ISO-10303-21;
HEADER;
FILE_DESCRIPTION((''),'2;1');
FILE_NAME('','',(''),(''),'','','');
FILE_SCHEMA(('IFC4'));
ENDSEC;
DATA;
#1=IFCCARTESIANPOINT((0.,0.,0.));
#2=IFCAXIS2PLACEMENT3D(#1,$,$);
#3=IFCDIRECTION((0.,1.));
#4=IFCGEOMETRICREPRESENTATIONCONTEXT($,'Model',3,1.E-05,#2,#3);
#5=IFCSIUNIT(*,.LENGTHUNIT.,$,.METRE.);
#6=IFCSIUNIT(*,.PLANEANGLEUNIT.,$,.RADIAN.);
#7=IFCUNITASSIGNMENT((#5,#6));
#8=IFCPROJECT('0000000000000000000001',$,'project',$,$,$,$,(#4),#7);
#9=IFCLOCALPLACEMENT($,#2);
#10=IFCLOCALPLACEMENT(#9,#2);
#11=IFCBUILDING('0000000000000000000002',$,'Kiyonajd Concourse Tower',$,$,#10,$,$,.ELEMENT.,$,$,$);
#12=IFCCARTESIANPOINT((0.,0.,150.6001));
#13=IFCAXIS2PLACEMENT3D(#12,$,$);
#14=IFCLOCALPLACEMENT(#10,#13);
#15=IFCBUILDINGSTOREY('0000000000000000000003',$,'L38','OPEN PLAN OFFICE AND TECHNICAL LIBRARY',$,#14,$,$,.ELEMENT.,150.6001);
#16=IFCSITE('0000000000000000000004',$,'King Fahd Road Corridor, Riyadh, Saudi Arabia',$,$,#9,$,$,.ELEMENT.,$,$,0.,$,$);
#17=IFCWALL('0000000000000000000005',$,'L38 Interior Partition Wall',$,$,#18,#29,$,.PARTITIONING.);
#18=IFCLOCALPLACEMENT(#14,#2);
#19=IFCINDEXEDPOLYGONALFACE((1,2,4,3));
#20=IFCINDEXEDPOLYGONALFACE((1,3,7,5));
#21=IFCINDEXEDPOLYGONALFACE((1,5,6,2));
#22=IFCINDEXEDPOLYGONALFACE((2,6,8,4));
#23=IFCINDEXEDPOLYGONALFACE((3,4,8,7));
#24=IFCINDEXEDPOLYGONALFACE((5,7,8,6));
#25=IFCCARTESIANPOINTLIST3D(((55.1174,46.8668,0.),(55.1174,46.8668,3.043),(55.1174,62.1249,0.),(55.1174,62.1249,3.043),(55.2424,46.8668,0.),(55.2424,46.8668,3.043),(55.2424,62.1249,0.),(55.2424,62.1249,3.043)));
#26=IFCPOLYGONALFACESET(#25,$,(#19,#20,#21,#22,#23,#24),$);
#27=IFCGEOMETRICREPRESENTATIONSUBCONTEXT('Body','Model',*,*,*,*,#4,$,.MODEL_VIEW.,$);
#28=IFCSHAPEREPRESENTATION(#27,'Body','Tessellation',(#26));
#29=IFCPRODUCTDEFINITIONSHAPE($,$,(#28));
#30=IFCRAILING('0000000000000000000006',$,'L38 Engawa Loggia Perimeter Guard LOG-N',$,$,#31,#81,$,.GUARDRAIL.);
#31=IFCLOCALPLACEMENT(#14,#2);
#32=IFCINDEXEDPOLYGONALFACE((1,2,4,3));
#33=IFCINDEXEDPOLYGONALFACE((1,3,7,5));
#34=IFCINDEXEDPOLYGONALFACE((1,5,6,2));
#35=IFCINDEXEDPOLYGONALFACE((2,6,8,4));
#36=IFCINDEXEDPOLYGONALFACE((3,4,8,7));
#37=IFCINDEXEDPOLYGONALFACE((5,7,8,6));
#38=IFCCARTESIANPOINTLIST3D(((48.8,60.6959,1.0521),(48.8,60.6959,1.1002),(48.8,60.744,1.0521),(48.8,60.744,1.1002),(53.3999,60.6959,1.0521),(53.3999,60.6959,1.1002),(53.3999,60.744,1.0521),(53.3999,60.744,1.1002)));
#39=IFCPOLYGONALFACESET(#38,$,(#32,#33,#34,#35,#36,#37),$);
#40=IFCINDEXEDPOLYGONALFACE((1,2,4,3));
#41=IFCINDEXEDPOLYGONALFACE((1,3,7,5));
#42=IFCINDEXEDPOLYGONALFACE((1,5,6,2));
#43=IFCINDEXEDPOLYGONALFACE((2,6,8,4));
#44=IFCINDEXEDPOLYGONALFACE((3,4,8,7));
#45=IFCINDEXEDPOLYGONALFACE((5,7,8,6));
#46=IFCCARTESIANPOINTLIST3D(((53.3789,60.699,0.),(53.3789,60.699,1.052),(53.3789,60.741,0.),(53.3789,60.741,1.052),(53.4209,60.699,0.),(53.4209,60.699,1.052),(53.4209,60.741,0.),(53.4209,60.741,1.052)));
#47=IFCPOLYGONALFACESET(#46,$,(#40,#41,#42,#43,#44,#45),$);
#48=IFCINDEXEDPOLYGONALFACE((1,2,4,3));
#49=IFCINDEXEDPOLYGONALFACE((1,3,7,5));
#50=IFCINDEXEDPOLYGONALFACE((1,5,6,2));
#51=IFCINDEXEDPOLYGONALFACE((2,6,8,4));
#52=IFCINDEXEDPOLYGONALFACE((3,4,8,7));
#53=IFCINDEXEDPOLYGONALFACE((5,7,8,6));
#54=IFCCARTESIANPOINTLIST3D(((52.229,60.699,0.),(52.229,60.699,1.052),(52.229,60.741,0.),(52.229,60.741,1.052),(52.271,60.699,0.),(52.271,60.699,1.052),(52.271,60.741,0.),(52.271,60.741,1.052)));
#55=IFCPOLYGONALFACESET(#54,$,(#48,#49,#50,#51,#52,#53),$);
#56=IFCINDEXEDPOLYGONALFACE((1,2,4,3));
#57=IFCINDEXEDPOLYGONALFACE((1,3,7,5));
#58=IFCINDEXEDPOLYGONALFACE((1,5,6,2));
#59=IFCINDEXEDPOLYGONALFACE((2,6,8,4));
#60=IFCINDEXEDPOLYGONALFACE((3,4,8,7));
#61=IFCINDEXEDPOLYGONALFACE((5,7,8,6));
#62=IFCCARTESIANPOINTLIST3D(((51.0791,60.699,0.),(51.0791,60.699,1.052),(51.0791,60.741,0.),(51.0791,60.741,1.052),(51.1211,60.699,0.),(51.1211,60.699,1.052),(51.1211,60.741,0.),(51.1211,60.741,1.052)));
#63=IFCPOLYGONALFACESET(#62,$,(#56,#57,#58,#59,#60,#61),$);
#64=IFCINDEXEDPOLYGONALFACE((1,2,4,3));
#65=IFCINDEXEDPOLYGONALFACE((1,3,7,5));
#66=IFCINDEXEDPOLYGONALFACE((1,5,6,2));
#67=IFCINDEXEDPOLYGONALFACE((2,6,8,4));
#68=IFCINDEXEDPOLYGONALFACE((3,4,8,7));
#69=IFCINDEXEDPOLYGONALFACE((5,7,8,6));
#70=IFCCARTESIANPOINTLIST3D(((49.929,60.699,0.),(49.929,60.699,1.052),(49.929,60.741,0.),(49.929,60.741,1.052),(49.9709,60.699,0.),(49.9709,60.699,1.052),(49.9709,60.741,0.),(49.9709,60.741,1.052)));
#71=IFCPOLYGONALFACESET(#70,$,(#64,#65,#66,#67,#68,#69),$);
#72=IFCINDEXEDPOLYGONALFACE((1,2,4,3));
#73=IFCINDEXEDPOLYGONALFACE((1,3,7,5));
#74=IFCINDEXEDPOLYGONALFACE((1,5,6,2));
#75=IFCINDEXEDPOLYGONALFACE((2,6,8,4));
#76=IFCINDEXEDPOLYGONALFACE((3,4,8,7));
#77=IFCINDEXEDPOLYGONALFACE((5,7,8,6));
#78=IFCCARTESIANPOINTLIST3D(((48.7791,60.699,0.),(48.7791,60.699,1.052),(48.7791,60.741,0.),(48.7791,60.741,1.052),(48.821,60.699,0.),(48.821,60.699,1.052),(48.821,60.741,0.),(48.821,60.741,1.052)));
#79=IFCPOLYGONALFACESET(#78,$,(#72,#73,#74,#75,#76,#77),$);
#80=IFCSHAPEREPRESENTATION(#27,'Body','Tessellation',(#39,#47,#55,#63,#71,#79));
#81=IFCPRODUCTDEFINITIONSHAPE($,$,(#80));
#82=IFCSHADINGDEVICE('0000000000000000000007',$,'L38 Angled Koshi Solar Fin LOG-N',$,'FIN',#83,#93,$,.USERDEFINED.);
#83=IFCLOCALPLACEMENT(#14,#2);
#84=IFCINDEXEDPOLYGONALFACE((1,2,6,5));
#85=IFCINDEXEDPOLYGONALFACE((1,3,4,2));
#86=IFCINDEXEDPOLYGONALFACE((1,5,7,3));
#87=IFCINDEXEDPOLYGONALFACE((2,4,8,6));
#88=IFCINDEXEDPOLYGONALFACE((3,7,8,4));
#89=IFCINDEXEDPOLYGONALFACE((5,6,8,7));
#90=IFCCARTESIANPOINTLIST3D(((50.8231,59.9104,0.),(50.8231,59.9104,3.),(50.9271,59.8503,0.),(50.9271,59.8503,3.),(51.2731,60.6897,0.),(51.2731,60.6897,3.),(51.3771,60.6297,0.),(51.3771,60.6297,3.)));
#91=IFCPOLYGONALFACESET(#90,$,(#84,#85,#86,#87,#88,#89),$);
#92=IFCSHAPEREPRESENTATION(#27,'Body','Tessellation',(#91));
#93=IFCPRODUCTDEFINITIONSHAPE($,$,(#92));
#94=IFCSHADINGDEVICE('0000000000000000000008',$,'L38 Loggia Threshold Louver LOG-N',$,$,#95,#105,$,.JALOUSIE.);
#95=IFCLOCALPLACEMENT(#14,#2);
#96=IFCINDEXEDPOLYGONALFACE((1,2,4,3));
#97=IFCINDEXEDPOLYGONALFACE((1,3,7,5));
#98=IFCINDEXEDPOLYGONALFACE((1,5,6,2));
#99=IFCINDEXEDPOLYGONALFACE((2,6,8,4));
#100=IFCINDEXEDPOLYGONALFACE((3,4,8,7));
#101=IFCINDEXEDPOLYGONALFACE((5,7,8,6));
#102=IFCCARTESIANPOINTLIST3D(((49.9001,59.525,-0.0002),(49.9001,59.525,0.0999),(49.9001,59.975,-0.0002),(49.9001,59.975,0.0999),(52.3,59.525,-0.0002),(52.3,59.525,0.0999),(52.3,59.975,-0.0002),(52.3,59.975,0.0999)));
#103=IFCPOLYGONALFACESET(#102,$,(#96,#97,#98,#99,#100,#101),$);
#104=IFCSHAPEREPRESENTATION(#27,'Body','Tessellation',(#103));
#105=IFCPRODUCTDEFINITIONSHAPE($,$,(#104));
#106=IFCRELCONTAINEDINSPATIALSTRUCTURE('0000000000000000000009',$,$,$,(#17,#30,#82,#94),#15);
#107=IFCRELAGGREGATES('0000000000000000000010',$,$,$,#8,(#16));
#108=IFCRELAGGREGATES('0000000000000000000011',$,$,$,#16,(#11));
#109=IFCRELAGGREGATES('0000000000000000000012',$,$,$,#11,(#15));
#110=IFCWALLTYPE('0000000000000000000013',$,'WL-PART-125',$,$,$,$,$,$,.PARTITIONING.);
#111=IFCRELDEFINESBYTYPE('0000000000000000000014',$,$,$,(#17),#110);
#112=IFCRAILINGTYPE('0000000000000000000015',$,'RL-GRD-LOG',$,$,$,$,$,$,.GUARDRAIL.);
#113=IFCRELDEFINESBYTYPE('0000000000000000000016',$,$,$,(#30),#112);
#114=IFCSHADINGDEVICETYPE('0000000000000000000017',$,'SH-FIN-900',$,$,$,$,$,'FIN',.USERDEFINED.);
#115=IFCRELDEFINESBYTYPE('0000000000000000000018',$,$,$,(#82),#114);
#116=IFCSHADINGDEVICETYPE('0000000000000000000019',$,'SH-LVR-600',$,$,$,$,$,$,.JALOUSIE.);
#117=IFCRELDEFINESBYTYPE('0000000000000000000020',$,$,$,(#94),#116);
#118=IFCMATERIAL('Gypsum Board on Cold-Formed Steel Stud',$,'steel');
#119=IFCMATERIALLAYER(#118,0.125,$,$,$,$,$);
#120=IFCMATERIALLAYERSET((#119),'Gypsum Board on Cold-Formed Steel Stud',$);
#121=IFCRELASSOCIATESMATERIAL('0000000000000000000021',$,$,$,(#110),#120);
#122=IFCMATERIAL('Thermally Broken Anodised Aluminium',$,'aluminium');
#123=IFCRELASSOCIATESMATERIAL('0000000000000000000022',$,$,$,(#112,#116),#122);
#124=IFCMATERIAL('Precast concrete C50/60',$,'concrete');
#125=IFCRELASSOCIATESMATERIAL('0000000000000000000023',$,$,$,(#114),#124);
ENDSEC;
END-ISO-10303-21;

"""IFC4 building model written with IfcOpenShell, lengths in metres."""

from ifc_helpers import new_model, si_unit, direction, frame, frame_2d, origin, origin_2d, place, context, subcontext, project, spatial, rectangle, extrude, material, layer, layer_set, type_object, element, save


model = new_model("IFC4")

# Units and contexts
model_context = context("Model", 3, precision=1e-05, world=origin(), true_north=direction((0.0, 1.0)))
body_context = subcontext(model_context, "Body", "Model", "MODEL_VIEW")
ifc_project = project(units=[si_unit("LENGTHUNIT", "METRE"), si_unit("PLANEANGLEUNIT", "RADIAN")], contexts=[model_context])

# Site, building, storey
site_placement = place(None, origin())
site = spatial("IfcSite", under=ifc_project, at=site_placement, Name="King Fahd Road Corridor, Riyadh, Saudi Arabia", CompositionType="ELEMENT", RefElevation=0.0)
building_placement = place(site_placement, origin())
building = spatial("IfcBuilding", under=site, at=building_placement, Name="Kiyonajd Concourse Tower", CompositionType="ELEMENT")
storey_placement = place(building_placement, frame((0.0, 0.0, 150.6001)))
storey = spatial("IfcBuildingStorey", under=building, at=storey_placement, Name="L38", Description="OPEN PLAN OFFICE AND TECHNICAL LIBRARY", CompositionType="ELEMENT", Elevation=150.6001)

# Shared definitions
ifc_material_1 = material(Name="Thermally Broken Anodised Aluminium", Category="aluminium")

# Shared definitions
ifc_material_2 = material(Name="Precast concrete C50/60", Category="concrete")

# Shared definitions
ifc_material_3 = material(Name="Gypsum Board on Cold-Formed Steel Stud", Category="steel")
ifc_layer_1 = layer(ifc_material_3, 0.125)
ifc_layer_set_1 = layer_set([ifc_layer_1], Name="Gypsum Board on Cold-Formed Steel Stud")
wall_type_1 = type_object("IfcWallType", Name="WL-PART-125", PredefinedType="PARTITIONING", material=ifc_layer_set_1)

# Wall
wall_1_placement = place(storey_placement, frame((55.1799, 46.8669, 0.0), z_axis=(0.0, 0.0, 1.0), x_axis=(0.0, 1.0, 0.0)))
element("IfcWall", 1, at=wall_1_placement, inside=storey, type_object=wall_type_1, Name="L38 Interior Partition Wall", PredefinedType="PARTITIONING", context=body_context, shape_type="SweptSolid", body=[
    extrude(rectangle(XDim=15.2581, YDim=0.125, at=frame_2d((7.6289, 0.0))), origin(), (0.0, 0.0, 1.0), 3.043),
])

# Railing
railing_type = type_object("IfcRailingType", Name="RL-GRD-LOG", PredefinedType="GUARDRAIL", material=ifc_material_1)
railing_placement = place(storey_placement, frame((53.3999, 60.72, 0.0)))
element("IfcRailing", 2, at=railing_placement, inside=storey, type_object=railing_type, Name="L38 Engawa Loggia Perimeter Guard LOG-N", PredefinedType="GUARDRAIL", context=body_context, shape_type="SweptSolid", body=[
    extrude(rectangle(XDim=0.0481, YDim=0.0481, at=origin_2d()), frame((0.0, 0.0, 1.0762), z_axis=(-1.0, 0.0, 0.0), x_axis=(0.0, -1.0, 0.0)), (0.0, 0.0, 1.0), 4.5999),
    extrude(rectangle(XDim=0.042, YDim=0.042, at=origin_2d()), origin(), (0.0, 0.0, 1.0), 1.052),
    extrude(rectangle(XDim=0.042, YDim=0.042, at=origin_2d()), frame((-1.1499, 0.0, 0.0)), (0.0, 0.0, 1.0), 1.052),
    extrude(rectangle(XDim=0.042, YDim=0.042, at=origin_2d()), frame((-2.2998, 0.0, 0.0)), (0.0, 0.0, 1.0), 1.052),
    extrude(rectangle(XDim=0.042, YDim=0.042, at=origin_2d()), frame((-3.45, 0.0, 0.0)), (0.0, 0.0, 1.0), 1.052),
    extrude(rectangle(XDim=0.042, YDim=0.042, at=origin_2d()), frame((-4.5999, 0.0, 0.0)), (0.0, 0.0, 1.0), 1.052),
])

# Shading devices
shading_device_type_1 = type_object("IfcShadingDeviceType", Name="SH-FIN-900", ElementType="FIN", PredefinedType="USERDEFINED", material=ifc_material_2)
shading_device_1_placement = place(storey_placement, frame((51.1001, 60.27, 0.0), z_axis=(0.0, 0.0, 1.0), x_axis=(0.5, 0.866025, 0.0)))
element("IfcShadingDevice", 3, at=shading_device_1_placement, inside=storey, type_object=shading_device_type_1, Name="L38 Angled Koshi Solar Fin LOG-N", ObjectType="FIN", PredefinedType="USERDEFINED", context=body_context, shape_type="SweptSolid", body=[
    extrude(rectangle(XDim=0.8999, YDim=0.1201, at=origin_2d()), origin(), (0.0, 0.0, 1.0), 3.0),
])
shading_device_type_2 = type_object("IfcShadingDeviceType", Name="SH-LVR-600", PredefinedType="JALOUSIE", material=ifc_material_1)
shading_device_2_placement = place(storey_placement, frame((51.1001, 59.75, -0.0002), z_axis=(0.0, 0.0, 1.0), x_axis=(1.0, 0.0, 0.0)))
element("IfcShadingDevice", 4, at=shading_device_2_placement, inside=storey, type_object=shading_device_type_2, Name="L38 Loggia Threshold Louver LOG-N", PredefinedType="JALOUSIE", context=body_context, shape_type="SweptSolid", body=[
    extrude(rectangle(XDim=2.3999, YDim=0.45, at=origin_2d()), origin(), (0.0, 0.0, 1.0), 0.1001),
])

save(model, "model.ifc")
